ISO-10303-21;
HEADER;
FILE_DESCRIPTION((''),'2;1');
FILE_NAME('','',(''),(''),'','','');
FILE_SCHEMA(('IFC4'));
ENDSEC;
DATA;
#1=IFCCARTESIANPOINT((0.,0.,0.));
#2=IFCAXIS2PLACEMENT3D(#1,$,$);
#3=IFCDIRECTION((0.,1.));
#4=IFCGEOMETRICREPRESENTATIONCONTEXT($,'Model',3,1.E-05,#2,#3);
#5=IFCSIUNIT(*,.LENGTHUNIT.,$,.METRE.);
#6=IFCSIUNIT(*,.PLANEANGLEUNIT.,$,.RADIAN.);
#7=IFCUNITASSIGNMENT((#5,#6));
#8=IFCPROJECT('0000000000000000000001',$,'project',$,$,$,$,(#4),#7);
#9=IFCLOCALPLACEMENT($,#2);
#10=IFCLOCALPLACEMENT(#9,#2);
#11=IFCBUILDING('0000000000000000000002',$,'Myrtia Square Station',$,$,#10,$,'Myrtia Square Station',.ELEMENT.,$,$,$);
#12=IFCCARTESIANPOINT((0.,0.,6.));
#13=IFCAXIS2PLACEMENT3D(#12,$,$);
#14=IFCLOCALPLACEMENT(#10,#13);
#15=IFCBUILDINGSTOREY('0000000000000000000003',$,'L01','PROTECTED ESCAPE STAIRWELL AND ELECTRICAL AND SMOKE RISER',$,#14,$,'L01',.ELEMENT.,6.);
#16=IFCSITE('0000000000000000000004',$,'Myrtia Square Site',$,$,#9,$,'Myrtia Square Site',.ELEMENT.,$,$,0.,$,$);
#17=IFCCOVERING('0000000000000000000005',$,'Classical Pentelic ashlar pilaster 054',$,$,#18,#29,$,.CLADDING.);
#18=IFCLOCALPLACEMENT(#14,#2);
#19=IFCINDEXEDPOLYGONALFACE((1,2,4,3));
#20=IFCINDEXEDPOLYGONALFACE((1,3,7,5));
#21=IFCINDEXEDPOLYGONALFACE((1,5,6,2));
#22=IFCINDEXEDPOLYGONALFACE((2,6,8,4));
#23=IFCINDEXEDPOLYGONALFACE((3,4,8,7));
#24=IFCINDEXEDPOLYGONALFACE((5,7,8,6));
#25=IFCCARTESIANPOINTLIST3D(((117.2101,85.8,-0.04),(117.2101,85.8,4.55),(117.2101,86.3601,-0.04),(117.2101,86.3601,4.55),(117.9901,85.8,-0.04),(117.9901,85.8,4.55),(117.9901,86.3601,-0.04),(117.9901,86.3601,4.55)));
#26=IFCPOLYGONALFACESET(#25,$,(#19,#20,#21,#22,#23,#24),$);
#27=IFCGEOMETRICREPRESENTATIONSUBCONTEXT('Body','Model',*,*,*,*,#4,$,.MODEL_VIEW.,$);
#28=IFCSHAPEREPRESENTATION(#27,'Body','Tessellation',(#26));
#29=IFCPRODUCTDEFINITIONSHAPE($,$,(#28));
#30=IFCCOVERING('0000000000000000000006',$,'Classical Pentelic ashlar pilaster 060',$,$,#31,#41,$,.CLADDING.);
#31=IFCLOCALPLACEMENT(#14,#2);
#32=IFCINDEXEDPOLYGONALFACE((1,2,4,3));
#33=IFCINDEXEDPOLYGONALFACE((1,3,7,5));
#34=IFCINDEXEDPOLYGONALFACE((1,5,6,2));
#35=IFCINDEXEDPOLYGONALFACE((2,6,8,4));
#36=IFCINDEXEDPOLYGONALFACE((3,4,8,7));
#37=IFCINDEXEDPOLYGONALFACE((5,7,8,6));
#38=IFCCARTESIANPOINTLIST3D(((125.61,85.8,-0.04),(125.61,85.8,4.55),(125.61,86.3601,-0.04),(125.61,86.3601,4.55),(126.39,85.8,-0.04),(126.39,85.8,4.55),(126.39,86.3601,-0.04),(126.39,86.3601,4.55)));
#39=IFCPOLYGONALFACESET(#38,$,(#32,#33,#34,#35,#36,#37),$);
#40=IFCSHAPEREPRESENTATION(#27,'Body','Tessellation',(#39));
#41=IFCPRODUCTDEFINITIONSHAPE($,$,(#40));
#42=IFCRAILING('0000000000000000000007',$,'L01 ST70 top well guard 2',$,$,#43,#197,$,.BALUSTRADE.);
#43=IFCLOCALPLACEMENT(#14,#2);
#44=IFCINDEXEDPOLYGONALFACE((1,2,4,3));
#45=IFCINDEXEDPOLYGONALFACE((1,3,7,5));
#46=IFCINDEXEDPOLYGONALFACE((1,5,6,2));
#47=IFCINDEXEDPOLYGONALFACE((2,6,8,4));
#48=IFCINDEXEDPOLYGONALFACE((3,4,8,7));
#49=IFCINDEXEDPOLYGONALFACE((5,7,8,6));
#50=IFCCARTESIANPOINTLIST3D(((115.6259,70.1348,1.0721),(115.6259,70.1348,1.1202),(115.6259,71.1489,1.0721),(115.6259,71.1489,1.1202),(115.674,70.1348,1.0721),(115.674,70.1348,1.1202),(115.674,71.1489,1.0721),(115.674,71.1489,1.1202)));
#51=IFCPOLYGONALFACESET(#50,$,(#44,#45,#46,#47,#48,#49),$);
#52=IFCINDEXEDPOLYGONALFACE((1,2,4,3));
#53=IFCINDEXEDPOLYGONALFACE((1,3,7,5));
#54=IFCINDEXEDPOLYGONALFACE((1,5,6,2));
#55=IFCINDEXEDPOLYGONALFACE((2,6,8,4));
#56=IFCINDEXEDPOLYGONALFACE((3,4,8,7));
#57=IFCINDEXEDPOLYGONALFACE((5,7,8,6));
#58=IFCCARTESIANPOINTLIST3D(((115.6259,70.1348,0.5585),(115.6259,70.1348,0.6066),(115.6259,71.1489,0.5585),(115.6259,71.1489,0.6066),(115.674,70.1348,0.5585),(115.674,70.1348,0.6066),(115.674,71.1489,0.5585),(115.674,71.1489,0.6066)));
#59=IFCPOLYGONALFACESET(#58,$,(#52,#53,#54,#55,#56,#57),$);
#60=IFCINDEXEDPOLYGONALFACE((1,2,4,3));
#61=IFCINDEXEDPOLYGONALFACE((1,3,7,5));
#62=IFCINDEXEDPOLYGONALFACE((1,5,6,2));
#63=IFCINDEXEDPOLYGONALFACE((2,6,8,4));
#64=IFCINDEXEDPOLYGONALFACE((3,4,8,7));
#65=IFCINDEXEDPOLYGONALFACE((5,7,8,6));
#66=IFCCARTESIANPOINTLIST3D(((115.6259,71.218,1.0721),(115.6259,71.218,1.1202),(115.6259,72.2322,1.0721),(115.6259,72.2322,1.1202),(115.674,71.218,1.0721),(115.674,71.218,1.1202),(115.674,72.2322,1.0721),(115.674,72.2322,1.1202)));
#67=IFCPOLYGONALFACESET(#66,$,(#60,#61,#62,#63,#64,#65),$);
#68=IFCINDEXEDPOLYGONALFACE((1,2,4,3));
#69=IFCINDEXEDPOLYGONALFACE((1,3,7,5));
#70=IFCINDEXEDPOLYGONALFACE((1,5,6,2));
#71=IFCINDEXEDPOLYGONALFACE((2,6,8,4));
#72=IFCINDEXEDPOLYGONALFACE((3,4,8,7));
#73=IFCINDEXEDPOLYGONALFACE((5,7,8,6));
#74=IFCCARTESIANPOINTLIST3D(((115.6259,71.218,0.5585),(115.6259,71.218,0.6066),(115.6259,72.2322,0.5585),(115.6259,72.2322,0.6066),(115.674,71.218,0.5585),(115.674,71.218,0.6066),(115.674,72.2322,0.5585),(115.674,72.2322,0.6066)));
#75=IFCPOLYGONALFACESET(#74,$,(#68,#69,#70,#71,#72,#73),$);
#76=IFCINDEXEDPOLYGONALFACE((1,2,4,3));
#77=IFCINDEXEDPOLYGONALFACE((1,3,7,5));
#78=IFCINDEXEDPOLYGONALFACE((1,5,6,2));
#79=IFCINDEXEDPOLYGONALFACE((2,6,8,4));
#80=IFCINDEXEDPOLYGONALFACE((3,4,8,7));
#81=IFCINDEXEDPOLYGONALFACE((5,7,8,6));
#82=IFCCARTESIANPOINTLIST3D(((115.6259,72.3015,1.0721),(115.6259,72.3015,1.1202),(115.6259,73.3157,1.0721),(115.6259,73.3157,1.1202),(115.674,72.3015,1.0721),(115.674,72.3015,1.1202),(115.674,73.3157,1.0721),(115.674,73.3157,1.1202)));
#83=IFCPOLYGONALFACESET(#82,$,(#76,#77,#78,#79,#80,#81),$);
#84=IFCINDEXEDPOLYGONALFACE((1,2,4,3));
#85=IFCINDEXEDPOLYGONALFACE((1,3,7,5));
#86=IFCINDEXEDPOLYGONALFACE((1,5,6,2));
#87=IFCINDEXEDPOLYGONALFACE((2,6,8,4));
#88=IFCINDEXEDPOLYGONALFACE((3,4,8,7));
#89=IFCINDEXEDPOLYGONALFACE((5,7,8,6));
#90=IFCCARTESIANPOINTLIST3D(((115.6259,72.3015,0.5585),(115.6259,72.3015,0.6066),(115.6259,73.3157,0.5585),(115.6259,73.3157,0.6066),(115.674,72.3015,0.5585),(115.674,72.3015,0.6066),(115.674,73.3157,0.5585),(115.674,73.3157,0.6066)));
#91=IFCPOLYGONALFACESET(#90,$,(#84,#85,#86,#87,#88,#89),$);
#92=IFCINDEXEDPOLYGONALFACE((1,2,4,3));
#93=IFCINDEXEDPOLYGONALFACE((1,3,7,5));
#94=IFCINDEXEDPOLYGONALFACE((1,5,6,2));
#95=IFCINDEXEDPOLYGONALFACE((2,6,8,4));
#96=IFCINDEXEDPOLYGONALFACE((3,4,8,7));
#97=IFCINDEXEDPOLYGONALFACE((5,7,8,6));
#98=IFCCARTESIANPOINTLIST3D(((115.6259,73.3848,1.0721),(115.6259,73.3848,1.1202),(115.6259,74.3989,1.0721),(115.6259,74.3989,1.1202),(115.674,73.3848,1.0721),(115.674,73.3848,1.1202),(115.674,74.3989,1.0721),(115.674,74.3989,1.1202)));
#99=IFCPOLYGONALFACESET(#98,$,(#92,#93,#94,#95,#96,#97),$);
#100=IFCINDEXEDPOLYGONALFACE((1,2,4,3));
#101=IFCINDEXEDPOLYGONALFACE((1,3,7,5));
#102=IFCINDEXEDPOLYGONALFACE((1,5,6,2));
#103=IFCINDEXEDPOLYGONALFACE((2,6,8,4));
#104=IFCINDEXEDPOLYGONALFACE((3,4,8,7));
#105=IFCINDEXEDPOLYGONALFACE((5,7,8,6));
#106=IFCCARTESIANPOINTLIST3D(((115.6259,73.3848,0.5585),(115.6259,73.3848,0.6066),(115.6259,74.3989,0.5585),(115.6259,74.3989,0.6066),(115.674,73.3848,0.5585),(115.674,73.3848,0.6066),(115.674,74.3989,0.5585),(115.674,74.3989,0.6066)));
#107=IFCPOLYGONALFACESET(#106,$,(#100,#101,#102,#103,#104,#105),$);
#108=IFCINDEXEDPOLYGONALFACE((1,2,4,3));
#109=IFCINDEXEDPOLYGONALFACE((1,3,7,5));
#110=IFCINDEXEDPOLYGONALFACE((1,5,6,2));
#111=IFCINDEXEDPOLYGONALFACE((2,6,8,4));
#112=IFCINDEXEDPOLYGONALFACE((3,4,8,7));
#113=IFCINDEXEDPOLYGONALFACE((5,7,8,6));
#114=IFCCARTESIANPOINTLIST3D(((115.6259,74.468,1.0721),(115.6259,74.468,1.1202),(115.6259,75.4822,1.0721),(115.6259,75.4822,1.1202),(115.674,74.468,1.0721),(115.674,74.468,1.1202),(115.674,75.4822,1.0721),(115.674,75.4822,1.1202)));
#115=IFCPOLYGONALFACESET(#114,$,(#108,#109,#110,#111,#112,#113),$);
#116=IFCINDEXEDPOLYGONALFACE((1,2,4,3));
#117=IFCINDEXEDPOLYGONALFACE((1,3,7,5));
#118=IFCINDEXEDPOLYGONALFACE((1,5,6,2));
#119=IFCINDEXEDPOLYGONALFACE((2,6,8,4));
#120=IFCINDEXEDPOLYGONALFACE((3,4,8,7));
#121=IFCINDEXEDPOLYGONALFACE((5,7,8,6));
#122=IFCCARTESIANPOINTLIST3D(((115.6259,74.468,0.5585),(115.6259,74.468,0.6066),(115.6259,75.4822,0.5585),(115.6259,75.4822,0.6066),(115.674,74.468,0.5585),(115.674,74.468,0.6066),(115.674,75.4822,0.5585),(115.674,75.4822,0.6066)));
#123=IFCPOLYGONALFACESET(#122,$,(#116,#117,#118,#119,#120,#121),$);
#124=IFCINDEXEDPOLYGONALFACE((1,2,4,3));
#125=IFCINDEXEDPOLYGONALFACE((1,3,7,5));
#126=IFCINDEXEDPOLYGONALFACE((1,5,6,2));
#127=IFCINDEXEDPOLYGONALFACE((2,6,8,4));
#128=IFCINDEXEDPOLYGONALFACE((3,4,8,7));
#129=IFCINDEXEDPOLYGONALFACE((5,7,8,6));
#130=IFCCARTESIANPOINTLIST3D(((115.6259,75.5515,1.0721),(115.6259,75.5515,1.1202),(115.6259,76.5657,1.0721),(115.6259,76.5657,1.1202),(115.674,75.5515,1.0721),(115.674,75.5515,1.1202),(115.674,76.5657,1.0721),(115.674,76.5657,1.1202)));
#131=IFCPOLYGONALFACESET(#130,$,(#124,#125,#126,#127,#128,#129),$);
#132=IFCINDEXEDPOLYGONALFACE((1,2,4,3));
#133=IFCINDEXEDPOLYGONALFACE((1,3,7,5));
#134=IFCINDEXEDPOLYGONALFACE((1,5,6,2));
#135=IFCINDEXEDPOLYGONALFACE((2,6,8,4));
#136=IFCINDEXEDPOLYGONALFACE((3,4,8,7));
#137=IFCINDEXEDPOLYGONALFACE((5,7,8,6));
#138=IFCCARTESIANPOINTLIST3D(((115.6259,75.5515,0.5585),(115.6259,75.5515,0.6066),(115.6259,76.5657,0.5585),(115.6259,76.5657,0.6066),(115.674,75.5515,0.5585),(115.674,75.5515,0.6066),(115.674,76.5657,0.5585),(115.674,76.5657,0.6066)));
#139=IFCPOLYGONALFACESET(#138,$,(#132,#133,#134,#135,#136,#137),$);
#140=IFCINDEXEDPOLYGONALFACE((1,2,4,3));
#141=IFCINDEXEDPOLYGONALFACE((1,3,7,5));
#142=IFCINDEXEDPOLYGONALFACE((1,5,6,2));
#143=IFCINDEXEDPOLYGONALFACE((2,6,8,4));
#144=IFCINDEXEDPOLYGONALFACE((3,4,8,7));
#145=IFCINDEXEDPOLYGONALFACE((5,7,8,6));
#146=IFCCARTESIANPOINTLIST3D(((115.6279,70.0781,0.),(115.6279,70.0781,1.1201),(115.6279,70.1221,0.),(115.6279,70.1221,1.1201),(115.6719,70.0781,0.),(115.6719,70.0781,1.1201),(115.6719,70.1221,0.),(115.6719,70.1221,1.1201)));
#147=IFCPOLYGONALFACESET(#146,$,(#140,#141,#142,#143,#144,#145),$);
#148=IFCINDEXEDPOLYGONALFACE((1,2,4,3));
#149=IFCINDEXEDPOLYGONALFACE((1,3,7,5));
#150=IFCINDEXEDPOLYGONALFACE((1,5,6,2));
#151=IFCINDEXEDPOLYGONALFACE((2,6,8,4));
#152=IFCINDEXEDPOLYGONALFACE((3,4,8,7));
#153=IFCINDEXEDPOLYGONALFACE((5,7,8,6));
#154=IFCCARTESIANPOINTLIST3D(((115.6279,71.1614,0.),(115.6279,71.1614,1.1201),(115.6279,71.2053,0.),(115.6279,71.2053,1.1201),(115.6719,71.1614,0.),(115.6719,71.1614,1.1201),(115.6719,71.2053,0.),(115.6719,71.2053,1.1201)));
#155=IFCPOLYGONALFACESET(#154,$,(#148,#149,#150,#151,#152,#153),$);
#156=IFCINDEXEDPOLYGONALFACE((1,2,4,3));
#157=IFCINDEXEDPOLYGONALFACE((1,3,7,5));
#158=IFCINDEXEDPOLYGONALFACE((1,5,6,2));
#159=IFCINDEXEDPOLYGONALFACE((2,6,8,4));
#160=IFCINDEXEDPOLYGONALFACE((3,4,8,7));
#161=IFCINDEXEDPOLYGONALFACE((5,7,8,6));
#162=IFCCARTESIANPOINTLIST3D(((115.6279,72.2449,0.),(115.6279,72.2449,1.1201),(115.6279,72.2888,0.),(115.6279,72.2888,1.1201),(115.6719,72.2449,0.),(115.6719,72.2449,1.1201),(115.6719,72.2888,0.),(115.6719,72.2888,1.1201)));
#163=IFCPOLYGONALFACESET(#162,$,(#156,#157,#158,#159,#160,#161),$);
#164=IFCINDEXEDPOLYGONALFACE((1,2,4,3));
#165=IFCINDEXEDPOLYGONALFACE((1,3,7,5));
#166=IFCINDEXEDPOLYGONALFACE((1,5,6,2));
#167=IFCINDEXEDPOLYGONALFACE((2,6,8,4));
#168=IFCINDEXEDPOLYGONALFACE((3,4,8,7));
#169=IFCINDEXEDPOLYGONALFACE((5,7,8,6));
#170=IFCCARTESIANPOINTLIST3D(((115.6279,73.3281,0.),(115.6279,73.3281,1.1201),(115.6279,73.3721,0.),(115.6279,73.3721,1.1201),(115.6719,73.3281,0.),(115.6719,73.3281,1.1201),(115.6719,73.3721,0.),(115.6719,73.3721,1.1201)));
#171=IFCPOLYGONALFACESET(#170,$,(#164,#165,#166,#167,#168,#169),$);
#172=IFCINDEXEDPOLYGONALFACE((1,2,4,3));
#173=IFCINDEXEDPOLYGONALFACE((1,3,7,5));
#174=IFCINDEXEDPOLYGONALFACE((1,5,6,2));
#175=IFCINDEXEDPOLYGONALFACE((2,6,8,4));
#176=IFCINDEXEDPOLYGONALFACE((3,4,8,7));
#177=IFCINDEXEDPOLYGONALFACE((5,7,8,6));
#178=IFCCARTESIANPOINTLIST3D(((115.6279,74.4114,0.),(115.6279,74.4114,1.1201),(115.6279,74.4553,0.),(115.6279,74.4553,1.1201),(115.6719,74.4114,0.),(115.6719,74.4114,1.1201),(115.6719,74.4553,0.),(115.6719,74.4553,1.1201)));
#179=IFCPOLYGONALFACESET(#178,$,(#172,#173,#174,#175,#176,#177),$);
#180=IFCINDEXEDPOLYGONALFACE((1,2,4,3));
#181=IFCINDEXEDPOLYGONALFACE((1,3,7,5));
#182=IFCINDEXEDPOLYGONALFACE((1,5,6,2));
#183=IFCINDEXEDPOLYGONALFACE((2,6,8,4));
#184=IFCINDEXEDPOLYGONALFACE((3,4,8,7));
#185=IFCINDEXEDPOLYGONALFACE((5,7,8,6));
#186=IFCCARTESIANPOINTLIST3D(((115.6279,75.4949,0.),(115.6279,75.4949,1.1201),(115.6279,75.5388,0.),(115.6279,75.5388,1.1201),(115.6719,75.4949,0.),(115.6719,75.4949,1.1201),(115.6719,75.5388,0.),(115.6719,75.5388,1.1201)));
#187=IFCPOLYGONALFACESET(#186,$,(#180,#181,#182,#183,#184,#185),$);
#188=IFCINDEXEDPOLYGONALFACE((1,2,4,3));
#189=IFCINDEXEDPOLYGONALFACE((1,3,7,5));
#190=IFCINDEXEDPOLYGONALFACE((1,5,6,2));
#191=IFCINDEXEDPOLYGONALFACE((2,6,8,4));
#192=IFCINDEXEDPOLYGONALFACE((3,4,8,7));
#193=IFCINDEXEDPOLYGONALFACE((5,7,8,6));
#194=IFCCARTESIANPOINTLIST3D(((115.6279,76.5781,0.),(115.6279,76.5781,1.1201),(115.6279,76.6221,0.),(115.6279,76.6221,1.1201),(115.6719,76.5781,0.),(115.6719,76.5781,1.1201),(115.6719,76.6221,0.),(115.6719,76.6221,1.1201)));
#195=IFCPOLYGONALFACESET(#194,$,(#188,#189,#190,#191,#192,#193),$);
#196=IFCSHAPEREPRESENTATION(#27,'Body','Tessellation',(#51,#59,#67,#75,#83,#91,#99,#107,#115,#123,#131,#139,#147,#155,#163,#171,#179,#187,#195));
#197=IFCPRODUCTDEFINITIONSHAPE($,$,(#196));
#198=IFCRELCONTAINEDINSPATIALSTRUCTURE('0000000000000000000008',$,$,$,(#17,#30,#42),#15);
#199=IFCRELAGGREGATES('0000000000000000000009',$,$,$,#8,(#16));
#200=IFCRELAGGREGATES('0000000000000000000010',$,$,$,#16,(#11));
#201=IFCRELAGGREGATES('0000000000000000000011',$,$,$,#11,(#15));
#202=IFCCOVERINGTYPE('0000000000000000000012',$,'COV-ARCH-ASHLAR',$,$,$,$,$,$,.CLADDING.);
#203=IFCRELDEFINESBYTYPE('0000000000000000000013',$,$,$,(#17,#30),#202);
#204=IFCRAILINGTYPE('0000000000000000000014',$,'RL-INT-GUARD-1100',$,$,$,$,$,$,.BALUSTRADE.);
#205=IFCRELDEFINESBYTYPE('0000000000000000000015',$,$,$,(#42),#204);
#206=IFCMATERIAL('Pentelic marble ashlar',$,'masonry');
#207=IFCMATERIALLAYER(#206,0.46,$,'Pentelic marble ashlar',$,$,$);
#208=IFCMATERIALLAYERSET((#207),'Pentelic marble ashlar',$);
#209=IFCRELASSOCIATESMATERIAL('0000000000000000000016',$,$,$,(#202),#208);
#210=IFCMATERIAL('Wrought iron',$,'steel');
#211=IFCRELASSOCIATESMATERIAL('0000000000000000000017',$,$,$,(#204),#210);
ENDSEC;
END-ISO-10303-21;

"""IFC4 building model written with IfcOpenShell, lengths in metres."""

from ifc_helpers import new_model, si_unit, direction, frame, origin, origin_2d, place, context, subcontext, project, spatial, rectangle, extrude, material, layer, layer_set, type_object, element, save


model = new_model("IFC4")

# Units and contexts
model_context = context("Model", 3, precision=1e-05, world=origin(), true_north=direction((0.0, 1.0)))
body_context = subcontext(model_context, "Body", "Model", "MODEL_VIEW")
ifc_project = project(units=[si_unit("LENGTHUNIT", "METRE"), si_unit("PLANEANGLEUNIT", "RADIAN")], contexts=[model_context])

# Site, building, storey
site_placement = place(None, origin())
site = spatial("IfcSite", under=ifc_project, at=site_placement, Name="Myrtia Square Site", LongName="Myrtia Square Site", CompositionType="ELEMENT", RefElevation=0.0)
building_placement = place(site_placement, origin())
building = spatial("IfcBuilding", under=site, at=building_placement, Name="Myrtia Square Station", LongName="Myrtia Square Station", CompositionType="ELEMENT")
storey_placement = place(building_placement, frame((0.0, 0.0, 6.0)))
storey = spatial("IfcBuildingStorey", under=building, at=storey_placement, Name="L01", Description="PROTECTED ESCAPE STAIRWELL AND ELECTRICAL AND SMOKE RISER", LongName="L01", CompositionType="ELEMENT", Elevation=6.0)

# Coverings
ifc_material_1 = material(Name="Pentelic marble ashlar", Category="masonry")
ifc_layer_1 = layer(ifc_material_1, 0.46, Name="Pentelic marble ashlar")
ifc_layer_set_1 = layer_set([ifc_layer_1], Name="Pentelic marble ashlar")
covering_type = type_object("IfcCoveringType", Name="COV-ARCH-ASHLAR", PredefinedType="CLADDING", material=ifc_layer_set_1)
for number, where, z_axis, x_axis, name in (
    (1, (117.6001, 86.0801, -0.04), (0.0, 0.0, 1.0), (1.0, 0.0, 0.0), "Classical Pentelic ashlar pilaster 054"),
    (2, (126.0, 86.0801, -0.04), (0.0, 0.0, 1.0), (1.0, 0.0, 0.0), "Classical Pentelic ashlar pilaster 060"),
):
    element("IfcCovering", number, at=place(storey_placement, frame(where, z_axis=z_axis, x_axis=x_axis)), inside=storey, type_object=covering_type, Name=name, PredefinedType="CLADDING", context=body_context, shape_type="SweptSolid", body=[
        extrude(rectangle(XDim=0.78, YDim=0.5601, at=origin_2d()), origin(), (0.0, 0.0, 1.0), 4.5901),
    ])

# Railing
ifc_material_2 = material(Name="Wrought iron", Category="steel")
railing_type = type_object("IfcRailingType", Name="RL-INT-GUARD-1100", PredefinedType="BALUSTRADE", material=ifc_material_2)
railing_1_placement = place(storey_placement, frame((115.6499, 70.1001, 0.0)))
element("IfcRailing", 3, at=railing_1_placement, inside=storey, type_object=railing_type, Name="L01 ST70 top well guard 2", PredefinedType="BALUSTRADE", context=body_context, shape_type="SweptSolid", body=[
    extrude(rectangle(XDim=0.0481, YDim=0.0481, at=origin_2d()), frame((0.0, 0.0347, 1.0962), z_axis=(0.0, 1.0, 0.0), x_axis=(-1.0, 0.0, 0.0)), (0.0, 0.0, 1.0), 1.0142),
    extrude(rectangle(XDim=0.0481, YDim=0.0481, at=origin_2d()), frame((0.0, 0.0347, 0.5825), z_axis=(0.0, 1.0, 0.0), x_axis=(-1.0, 0.0, 0.0)), (0.0, 0.0, 1.0), 1.0142),
    extrude(rectangle(XDim=0.0481, YDim=0.0481, at=origin_2d()), frame((0.0, 1.1179, 1.0962), z_axis=(0.0, 1.0, 0.0), x_axis=(-1.0, 0.0, 0.0)), (0.0, 0.0, 1.0), 1.0142),
    extrude(rectangle(XDim=0.0481, YDim=0.0481, at=origin_2d()), frame((0.0, 1.1179, 0.5825), z_axis=(0.0, 1.0, 0.0), x_axis=(-1.0, 0.0, 0.0)), (0.0, 0.0, 1.0), 1.0142),
    extrude(rectangle(XDim=0.0481, YDim=0.0481, at=origin_2d()), frame((0.0, 2.2014, 1.0962), z_axis=(0.0, 1.0, 0.0), x_axis=(-1.0, 0.0, 0.0)), (0.0, 0.0, 1.0), 1.0142),
    extrude(rectangle(XDim=0.0481, YDim=0.0481, at=origin_2d()), frame((0.0, 2.2014, 0.5825), z_axis=(0.0, 1.0, 0.0), x_axis=(-1.0, 0.0, 0.0)), (0.0, 0.0, 1.0), 1.0142),
    extrude(rectangle(XDim=0.0481, YDim=0.0481, at=origin_2d()), frame((0.0, 3.2847, 1.0962), z_axis=(0.0, 1.0, 0.0), x_axis=(-1.0, 0.0, 0.0)), (0.0, 0.0, 1.0), 1.0142),
    extrude(rectangle(XDim=0.0481, YDim=0.0481, at=origin_2d()), frame((0.0, 3.2847, 0.5825), z_axis=(0.0, 1.0, 0.0), x_axis=(-1.0, 0.0, 0.0)), (0.0, 0.0, 1.0), 1.0142),
    extrude(rectangle(XDim=0.0481, YDim=0.0481, at=origin_2d()), frame((0.0, 4.3679, 1.0962), z_axis=(0.0, 1.0, 0.0), x_axis=(-1.0, 0.0, 0.0)), (0.0, 0.0, 1.0), 1.0142),
    extrude(rectangle(XDim=0.0481, YDim=0.0481, at=origin_2d()), frame((0.0, 4.3679, 0.5825), z_axis=(0.0, 1.0, 0.0), x_axis=(-1.0, 0.0, 0.0)), (0.0, 0.0, 1.0), 1.0142),
    extrude(rectangle(XDim=0.0481, YDim=0.0481, at=origin_2d()), frame((0.0, 5.4514, 1.0962), z_axis=(0.0, 1.0, 0.0), x_axis=(-1.0, 0.0, 0.0)), (0.0, 0.0, 1.0), 1.0142),
    extrude(rectangle(XDim=0.0481, YDim=0.0481, at=origin_2d()), frame((0.0, 5.4514, 0.5825), z_axis=(0.0, 1.0, 0.0), x_axis=(-1.0, 0.0, 0.0)), (0.0, 0.0, 1.0), 1.0142),
    extrude(rectangle(XDim=0.0439, YDim=0.0439, at=origin_2d()), origin(), (0.0, 0.0, 1.0), 1.1201),
    extrude(rectangle(XDim=0.0439, YDim=0.0439, at=origin_2d()), frame((0.0, 1.0833, 0.0)), (0.0, 0.0, 1.0), 1.1201),
    extrude(rectangle(XDim=0.0439, YDim=0.0439, at=origin_2d()), frame((0.0, 2.1667, 0.0)), (0.0, 0.0, 1.0), 1.1201),
    extrude(rectangle(XDim=0.0439, YDim=0.0439, at=origin_2d()), frame((0.0, 3.25, 0.0)), (0.0, 0.0, 1.0), 1.1201),
    extrude(rectangle(XDim=0.0439, YDim=0.0439, at=origin_2d()), frame((0.0, 4.3333, 0.0)), (0.0, 0.0, 1.0), 1.1201),
    extrude(rectangle(XDim=0.0439, YDim=0.0439, at=origin_2d()), frame((0.0, 5.4167, 0.0)), (0.0, 0.0, 1.0), 1.1201),
    extrude(rectangle(XDim=0.0439, YDim=0.0439, at=origin_2d()), frame((0.0, 6.5, 0.0)), (0.0, 0.0, 1.0), 1.1201),
])

save(model, "model.ifc")
